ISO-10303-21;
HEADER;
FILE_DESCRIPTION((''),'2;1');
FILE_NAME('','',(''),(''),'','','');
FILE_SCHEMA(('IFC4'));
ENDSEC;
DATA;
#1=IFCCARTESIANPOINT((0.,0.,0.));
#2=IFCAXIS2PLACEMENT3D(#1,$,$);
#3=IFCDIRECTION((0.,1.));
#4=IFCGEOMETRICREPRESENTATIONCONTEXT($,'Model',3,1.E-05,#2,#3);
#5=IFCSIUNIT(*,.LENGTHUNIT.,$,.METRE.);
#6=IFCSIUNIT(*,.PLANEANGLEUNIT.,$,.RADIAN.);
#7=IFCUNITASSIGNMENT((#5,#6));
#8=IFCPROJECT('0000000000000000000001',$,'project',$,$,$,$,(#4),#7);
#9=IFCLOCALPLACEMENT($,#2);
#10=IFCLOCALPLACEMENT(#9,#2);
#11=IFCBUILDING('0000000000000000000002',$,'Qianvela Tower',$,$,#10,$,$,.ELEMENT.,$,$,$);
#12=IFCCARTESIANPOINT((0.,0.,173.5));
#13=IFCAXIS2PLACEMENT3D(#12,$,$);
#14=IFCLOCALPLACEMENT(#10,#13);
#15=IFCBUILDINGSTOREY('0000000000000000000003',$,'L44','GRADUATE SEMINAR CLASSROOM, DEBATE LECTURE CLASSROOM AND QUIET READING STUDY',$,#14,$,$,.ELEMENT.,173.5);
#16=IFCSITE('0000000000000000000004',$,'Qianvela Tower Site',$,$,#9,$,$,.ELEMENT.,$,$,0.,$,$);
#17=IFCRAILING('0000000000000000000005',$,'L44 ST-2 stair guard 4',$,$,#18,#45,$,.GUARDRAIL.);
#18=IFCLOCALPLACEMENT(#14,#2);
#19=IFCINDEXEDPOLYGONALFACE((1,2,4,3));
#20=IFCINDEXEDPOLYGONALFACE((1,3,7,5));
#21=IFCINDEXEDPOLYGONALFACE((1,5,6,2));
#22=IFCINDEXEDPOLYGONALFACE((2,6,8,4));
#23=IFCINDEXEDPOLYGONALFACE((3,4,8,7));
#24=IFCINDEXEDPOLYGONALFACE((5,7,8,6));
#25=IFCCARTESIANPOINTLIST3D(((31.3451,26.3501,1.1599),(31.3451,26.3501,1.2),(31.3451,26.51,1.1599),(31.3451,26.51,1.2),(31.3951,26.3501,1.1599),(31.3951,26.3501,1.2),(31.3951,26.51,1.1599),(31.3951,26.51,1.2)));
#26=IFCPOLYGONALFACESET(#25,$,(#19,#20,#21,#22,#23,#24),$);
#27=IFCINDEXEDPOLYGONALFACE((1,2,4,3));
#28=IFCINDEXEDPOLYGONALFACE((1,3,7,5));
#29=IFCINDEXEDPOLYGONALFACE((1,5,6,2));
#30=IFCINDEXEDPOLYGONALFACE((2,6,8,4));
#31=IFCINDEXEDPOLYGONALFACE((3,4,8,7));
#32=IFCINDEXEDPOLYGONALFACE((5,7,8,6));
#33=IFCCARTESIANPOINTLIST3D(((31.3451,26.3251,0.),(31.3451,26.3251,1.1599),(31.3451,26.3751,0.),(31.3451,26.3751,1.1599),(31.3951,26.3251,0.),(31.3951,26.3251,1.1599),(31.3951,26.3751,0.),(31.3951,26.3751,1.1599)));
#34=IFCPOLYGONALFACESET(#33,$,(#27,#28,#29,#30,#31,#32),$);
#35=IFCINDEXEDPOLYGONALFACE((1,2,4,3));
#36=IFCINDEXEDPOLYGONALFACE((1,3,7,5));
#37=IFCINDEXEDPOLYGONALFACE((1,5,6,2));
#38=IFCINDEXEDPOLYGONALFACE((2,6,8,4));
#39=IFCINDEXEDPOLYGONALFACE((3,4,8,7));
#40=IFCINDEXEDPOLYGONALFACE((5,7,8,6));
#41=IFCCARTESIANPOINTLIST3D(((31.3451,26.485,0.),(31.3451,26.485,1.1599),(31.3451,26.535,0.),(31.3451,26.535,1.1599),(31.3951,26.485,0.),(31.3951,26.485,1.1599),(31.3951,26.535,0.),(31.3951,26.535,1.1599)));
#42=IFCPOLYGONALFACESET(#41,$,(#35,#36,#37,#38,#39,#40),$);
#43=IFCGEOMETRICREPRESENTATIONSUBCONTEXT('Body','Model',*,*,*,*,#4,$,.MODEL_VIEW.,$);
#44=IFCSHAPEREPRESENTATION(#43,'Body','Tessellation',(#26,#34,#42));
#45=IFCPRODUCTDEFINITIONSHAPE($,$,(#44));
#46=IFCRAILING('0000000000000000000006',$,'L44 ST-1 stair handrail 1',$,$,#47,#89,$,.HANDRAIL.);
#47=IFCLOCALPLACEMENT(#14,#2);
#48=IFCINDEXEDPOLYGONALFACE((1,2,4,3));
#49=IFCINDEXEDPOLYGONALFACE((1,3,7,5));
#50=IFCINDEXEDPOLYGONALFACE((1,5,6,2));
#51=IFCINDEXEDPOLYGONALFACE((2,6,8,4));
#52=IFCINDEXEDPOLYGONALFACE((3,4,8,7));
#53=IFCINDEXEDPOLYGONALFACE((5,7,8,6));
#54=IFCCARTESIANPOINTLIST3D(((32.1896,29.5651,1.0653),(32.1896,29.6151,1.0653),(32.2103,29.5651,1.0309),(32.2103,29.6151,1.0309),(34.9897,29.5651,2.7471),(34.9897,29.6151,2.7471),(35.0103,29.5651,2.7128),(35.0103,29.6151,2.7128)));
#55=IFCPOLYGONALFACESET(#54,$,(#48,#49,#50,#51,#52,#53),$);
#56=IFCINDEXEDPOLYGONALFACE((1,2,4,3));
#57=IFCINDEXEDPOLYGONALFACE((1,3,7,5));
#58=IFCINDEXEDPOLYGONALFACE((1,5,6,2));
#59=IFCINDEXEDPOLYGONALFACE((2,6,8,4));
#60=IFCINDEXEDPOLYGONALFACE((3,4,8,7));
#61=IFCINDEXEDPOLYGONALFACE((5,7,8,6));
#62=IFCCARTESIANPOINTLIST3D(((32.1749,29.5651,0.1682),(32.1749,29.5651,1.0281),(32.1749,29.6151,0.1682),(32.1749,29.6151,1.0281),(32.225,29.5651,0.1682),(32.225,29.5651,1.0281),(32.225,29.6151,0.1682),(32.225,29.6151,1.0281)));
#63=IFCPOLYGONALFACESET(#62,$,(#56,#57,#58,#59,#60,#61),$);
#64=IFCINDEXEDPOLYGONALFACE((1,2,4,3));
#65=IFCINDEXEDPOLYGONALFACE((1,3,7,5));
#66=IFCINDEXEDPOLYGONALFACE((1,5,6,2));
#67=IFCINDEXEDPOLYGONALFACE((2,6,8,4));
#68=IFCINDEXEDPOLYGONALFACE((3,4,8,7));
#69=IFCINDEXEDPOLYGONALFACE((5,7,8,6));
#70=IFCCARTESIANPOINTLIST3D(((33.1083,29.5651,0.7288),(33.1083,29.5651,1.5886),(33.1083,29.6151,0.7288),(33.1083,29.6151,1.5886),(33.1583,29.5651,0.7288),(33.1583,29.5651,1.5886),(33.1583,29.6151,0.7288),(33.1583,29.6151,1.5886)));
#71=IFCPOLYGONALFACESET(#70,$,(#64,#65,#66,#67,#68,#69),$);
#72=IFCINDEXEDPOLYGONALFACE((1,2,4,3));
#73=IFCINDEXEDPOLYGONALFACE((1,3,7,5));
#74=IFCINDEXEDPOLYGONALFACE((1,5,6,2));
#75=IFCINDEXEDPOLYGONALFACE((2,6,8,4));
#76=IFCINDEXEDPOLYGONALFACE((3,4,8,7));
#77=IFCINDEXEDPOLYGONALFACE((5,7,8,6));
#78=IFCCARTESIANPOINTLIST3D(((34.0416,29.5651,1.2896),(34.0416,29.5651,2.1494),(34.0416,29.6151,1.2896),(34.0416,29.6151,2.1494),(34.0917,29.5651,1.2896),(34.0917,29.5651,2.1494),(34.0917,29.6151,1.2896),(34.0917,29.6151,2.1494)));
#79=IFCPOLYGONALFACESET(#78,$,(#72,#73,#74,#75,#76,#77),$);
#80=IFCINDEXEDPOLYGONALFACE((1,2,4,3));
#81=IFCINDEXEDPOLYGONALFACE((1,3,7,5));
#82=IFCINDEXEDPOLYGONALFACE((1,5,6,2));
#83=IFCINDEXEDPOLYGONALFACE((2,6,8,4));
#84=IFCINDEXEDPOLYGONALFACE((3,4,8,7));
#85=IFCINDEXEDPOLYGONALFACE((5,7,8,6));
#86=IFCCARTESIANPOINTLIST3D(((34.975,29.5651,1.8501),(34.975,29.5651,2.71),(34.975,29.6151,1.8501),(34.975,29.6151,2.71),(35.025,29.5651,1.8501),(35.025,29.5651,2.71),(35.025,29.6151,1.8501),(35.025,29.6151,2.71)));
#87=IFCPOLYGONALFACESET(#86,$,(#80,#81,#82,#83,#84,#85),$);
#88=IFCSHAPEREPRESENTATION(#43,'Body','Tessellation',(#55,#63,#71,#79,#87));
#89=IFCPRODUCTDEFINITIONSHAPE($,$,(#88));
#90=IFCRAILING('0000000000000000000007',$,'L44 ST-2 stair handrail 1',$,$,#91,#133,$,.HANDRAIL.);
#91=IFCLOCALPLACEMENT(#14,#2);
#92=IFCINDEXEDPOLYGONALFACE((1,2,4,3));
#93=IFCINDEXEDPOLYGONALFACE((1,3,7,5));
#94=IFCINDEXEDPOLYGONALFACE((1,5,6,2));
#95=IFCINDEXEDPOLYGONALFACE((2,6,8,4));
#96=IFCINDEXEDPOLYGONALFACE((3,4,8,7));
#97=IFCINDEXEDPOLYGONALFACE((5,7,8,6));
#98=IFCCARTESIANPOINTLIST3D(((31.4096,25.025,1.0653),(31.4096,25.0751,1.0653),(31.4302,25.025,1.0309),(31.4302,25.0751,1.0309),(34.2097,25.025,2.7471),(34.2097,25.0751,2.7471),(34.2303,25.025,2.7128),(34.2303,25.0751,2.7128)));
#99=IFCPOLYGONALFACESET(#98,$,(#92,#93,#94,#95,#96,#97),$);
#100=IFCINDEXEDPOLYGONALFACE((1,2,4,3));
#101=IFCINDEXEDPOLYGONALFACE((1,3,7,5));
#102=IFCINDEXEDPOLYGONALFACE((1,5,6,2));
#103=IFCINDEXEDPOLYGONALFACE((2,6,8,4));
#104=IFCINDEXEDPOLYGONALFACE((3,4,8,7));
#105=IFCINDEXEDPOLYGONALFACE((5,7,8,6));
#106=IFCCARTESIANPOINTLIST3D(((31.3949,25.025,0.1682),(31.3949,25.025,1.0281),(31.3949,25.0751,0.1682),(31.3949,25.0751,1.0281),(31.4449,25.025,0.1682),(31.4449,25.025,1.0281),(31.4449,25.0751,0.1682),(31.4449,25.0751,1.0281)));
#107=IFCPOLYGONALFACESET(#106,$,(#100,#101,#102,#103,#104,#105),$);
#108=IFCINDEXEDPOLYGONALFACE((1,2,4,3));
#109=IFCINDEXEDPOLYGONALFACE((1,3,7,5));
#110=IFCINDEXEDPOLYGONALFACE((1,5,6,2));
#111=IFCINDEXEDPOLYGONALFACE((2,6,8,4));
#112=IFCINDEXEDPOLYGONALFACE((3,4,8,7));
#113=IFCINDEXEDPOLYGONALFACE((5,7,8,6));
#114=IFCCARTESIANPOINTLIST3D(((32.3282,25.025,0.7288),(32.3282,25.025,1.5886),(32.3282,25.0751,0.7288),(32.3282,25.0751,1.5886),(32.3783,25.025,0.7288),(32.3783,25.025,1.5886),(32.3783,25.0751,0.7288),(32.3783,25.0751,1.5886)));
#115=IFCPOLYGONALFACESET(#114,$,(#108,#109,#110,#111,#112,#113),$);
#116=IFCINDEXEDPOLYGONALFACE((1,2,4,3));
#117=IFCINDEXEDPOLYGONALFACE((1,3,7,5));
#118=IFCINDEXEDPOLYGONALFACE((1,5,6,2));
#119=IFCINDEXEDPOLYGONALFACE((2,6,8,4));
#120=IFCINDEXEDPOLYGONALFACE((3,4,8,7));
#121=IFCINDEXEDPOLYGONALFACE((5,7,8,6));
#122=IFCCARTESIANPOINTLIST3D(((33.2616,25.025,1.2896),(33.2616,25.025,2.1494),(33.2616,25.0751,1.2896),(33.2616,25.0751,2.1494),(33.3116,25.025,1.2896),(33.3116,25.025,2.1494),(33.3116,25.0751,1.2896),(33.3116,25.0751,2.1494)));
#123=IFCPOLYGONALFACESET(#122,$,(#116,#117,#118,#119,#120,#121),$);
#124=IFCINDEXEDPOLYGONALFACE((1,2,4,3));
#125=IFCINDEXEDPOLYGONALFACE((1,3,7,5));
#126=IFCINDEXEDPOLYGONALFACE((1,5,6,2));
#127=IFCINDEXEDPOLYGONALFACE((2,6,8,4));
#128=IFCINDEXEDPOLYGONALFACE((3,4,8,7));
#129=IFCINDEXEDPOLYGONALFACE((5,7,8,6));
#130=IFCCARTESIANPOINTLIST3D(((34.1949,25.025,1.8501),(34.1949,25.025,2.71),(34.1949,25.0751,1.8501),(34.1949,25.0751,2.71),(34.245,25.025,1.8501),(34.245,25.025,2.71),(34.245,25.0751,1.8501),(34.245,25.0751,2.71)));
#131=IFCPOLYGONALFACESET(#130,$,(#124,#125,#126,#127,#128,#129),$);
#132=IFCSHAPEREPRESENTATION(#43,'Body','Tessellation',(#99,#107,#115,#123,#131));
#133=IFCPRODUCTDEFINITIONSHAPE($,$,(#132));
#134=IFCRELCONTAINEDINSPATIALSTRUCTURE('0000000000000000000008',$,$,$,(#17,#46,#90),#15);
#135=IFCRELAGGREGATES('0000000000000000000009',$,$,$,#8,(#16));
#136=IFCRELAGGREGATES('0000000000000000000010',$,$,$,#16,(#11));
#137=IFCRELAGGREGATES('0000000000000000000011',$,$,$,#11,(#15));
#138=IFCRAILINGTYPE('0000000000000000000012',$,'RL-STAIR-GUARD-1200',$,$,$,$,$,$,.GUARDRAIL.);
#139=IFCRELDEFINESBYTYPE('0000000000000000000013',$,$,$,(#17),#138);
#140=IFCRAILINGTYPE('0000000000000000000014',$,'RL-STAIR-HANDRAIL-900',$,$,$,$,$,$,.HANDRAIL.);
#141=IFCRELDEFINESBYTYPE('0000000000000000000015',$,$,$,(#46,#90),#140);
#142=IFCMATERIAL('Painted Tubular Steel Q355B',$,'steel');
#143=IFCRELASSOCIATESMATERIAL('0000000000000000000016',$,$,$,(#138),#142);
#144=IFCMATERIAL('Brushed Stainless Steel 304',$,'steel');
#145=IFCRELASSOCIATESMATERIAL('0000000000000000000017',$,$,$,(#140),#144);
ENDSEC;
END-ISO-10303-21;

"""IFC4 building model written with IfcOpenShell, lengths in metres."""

from ifc_helpers import new_model, si_unit, direction, frame, origin, origin_2d, place, context, subcontext, project, spatial, rectangle, extrude, material, type_object, element, save


model = new_model("IFC4")

# Units and contexts
model_context = context("Model", 3, precision=1e-05, world=origin(), true_north=direction((0.0, 1.0)))
body_context = subcontext(model_context, "Body", "Model", "MODEL_VIEW")
ifc_project = project(units=[si_unit("LENGTHUNIT", "METRE"), si_unit("PLANEANGLEUNIT", "RADIAN")], contexts=[model_context])

# Site, building, storey
site_placement = place(None, origin())
site = spatial("IfcSite", under=ifc_project, at=site_placement, Name="Qianvela Tower Site", CompositionType="ELEMENT", RefElevation=0.0)
building_placement = place(site_placement, origin())
building = spatial("IfcBuilding", under=site, at=building_placement, Name="Qianvela Tower", CompositionType="ELEMENT")
storey_placement = place(building_placement, frame((0.0, 0.0, 173.5)))
storey = spatial("IfcBuildingStorey", under=building, at=storey_placement, Name="L44", Description="GRADUATE SEMINAR CLASSROOM, DEBATE LECTURE CLASSROOM AND QUIET READING STUDY", CompositionType="ELEMENT", Elevation=173.5)

# Railings
ifc_material_1 = material(Name="Painted Tubular Steel Q355B", Category="steel")
railing_type_1 = type_object("IfcRailingType", Name="RL-STAIR-GUARD-1200", PredefinedType="GUARDRAIL", material=ifc_material_1)
railing_1_placement = place(storey_placement, frame((31.3701, 26.3501, 0.0)))
element("IfcRailing", 1, at=railing_1_placement, inside=storey, type_object=railing_type_1, Name="L44 ST-2 stair guard 4", PredefinedType="GUARDRAIL", context=body_context, shape_type="SweptSolid", body=[
    extrude(rectangle(XDim=0.05, YDim=0.04, at=origin_2d()), frame((0.0, 0.0, 1.1799), z_axis=(0.0, 1.0, 0.0), x_axis=(-1.0, 0.0, 0.0)), (0.0, 0.0, 1.0), 0.1599),
    extrude(rectangle(XDim=0.05, YDim=0.05, at=origin_2d()), origin(), (0.0, 0.0, 1.0), 1.1599),
    extrude(rectangle(XDim=0.05, YDim=0.05, at=origin_2d()), frame((0.0, 0.1599, 0.0)), (0.0, 0.0, 1.0), 1.1599),
])
ifc_material_2 = material(Name="Brushed Stainless Steel 304", Category="steel")
railing_type_2 = type_object("IfcRailingType", Name="RL-STAIR-HANDRAIL-900", PredefinedType="HANDRAIL", material=ifc_material_2)
for number, where, name in (
    (2, (32.2, 29.5901, 0.1682), "L44 ST-1 stair handrail 1"),
    (3, (31.4199, 25.05, 0.1682), "L44 ST-2 stair handrail 1"),
):
    element("IfcRailing", number, at=place(storey_placement, frame(where)), inside=storey, type_object=railing_type_2, Name=name, PredefinedType="HANDRAIL", context=body_context, shape_type="SweptSolid", body=[
        extrude(rectangle(XDim=0.05, YDim=0.04, at=origin_2d()), frame((0.0, 0.0, 0.8799), z_axis=(0.857242, 0.0, 0.514913), x_axis=(0.0, 1.0, 0.0)), (0.0, 0.0, 1.0), 3.2664),
        extrude(rectangle(XDim=0.05, YDim=0.05, at=origin_2d()), origin(), (0.0, 0.0, 1.0), 0.8599),
        extrude(rectangle(XDim=0.05, YDim=0.05, at=origin_2d()), frame((0.9333, 0.0, 0.5605)), (0.0, 0.0, 1.0), 0.8599),
        extrude(rectangle(XDim=0.05, YDim=0.05, at=origin_2d()), frame((1.8667, 0.0, 1.1213)), (0.0, 0.0, 1.0), 0.8599),
        extrude(rectangle(XDim=0.05, YDim=0.05, at=origin_2d()), frame((2.8, 0.0, 1.6819)), (0.0, 0.0, 1.0), 0.8599),
    ])

save(model, "model.ifc")
